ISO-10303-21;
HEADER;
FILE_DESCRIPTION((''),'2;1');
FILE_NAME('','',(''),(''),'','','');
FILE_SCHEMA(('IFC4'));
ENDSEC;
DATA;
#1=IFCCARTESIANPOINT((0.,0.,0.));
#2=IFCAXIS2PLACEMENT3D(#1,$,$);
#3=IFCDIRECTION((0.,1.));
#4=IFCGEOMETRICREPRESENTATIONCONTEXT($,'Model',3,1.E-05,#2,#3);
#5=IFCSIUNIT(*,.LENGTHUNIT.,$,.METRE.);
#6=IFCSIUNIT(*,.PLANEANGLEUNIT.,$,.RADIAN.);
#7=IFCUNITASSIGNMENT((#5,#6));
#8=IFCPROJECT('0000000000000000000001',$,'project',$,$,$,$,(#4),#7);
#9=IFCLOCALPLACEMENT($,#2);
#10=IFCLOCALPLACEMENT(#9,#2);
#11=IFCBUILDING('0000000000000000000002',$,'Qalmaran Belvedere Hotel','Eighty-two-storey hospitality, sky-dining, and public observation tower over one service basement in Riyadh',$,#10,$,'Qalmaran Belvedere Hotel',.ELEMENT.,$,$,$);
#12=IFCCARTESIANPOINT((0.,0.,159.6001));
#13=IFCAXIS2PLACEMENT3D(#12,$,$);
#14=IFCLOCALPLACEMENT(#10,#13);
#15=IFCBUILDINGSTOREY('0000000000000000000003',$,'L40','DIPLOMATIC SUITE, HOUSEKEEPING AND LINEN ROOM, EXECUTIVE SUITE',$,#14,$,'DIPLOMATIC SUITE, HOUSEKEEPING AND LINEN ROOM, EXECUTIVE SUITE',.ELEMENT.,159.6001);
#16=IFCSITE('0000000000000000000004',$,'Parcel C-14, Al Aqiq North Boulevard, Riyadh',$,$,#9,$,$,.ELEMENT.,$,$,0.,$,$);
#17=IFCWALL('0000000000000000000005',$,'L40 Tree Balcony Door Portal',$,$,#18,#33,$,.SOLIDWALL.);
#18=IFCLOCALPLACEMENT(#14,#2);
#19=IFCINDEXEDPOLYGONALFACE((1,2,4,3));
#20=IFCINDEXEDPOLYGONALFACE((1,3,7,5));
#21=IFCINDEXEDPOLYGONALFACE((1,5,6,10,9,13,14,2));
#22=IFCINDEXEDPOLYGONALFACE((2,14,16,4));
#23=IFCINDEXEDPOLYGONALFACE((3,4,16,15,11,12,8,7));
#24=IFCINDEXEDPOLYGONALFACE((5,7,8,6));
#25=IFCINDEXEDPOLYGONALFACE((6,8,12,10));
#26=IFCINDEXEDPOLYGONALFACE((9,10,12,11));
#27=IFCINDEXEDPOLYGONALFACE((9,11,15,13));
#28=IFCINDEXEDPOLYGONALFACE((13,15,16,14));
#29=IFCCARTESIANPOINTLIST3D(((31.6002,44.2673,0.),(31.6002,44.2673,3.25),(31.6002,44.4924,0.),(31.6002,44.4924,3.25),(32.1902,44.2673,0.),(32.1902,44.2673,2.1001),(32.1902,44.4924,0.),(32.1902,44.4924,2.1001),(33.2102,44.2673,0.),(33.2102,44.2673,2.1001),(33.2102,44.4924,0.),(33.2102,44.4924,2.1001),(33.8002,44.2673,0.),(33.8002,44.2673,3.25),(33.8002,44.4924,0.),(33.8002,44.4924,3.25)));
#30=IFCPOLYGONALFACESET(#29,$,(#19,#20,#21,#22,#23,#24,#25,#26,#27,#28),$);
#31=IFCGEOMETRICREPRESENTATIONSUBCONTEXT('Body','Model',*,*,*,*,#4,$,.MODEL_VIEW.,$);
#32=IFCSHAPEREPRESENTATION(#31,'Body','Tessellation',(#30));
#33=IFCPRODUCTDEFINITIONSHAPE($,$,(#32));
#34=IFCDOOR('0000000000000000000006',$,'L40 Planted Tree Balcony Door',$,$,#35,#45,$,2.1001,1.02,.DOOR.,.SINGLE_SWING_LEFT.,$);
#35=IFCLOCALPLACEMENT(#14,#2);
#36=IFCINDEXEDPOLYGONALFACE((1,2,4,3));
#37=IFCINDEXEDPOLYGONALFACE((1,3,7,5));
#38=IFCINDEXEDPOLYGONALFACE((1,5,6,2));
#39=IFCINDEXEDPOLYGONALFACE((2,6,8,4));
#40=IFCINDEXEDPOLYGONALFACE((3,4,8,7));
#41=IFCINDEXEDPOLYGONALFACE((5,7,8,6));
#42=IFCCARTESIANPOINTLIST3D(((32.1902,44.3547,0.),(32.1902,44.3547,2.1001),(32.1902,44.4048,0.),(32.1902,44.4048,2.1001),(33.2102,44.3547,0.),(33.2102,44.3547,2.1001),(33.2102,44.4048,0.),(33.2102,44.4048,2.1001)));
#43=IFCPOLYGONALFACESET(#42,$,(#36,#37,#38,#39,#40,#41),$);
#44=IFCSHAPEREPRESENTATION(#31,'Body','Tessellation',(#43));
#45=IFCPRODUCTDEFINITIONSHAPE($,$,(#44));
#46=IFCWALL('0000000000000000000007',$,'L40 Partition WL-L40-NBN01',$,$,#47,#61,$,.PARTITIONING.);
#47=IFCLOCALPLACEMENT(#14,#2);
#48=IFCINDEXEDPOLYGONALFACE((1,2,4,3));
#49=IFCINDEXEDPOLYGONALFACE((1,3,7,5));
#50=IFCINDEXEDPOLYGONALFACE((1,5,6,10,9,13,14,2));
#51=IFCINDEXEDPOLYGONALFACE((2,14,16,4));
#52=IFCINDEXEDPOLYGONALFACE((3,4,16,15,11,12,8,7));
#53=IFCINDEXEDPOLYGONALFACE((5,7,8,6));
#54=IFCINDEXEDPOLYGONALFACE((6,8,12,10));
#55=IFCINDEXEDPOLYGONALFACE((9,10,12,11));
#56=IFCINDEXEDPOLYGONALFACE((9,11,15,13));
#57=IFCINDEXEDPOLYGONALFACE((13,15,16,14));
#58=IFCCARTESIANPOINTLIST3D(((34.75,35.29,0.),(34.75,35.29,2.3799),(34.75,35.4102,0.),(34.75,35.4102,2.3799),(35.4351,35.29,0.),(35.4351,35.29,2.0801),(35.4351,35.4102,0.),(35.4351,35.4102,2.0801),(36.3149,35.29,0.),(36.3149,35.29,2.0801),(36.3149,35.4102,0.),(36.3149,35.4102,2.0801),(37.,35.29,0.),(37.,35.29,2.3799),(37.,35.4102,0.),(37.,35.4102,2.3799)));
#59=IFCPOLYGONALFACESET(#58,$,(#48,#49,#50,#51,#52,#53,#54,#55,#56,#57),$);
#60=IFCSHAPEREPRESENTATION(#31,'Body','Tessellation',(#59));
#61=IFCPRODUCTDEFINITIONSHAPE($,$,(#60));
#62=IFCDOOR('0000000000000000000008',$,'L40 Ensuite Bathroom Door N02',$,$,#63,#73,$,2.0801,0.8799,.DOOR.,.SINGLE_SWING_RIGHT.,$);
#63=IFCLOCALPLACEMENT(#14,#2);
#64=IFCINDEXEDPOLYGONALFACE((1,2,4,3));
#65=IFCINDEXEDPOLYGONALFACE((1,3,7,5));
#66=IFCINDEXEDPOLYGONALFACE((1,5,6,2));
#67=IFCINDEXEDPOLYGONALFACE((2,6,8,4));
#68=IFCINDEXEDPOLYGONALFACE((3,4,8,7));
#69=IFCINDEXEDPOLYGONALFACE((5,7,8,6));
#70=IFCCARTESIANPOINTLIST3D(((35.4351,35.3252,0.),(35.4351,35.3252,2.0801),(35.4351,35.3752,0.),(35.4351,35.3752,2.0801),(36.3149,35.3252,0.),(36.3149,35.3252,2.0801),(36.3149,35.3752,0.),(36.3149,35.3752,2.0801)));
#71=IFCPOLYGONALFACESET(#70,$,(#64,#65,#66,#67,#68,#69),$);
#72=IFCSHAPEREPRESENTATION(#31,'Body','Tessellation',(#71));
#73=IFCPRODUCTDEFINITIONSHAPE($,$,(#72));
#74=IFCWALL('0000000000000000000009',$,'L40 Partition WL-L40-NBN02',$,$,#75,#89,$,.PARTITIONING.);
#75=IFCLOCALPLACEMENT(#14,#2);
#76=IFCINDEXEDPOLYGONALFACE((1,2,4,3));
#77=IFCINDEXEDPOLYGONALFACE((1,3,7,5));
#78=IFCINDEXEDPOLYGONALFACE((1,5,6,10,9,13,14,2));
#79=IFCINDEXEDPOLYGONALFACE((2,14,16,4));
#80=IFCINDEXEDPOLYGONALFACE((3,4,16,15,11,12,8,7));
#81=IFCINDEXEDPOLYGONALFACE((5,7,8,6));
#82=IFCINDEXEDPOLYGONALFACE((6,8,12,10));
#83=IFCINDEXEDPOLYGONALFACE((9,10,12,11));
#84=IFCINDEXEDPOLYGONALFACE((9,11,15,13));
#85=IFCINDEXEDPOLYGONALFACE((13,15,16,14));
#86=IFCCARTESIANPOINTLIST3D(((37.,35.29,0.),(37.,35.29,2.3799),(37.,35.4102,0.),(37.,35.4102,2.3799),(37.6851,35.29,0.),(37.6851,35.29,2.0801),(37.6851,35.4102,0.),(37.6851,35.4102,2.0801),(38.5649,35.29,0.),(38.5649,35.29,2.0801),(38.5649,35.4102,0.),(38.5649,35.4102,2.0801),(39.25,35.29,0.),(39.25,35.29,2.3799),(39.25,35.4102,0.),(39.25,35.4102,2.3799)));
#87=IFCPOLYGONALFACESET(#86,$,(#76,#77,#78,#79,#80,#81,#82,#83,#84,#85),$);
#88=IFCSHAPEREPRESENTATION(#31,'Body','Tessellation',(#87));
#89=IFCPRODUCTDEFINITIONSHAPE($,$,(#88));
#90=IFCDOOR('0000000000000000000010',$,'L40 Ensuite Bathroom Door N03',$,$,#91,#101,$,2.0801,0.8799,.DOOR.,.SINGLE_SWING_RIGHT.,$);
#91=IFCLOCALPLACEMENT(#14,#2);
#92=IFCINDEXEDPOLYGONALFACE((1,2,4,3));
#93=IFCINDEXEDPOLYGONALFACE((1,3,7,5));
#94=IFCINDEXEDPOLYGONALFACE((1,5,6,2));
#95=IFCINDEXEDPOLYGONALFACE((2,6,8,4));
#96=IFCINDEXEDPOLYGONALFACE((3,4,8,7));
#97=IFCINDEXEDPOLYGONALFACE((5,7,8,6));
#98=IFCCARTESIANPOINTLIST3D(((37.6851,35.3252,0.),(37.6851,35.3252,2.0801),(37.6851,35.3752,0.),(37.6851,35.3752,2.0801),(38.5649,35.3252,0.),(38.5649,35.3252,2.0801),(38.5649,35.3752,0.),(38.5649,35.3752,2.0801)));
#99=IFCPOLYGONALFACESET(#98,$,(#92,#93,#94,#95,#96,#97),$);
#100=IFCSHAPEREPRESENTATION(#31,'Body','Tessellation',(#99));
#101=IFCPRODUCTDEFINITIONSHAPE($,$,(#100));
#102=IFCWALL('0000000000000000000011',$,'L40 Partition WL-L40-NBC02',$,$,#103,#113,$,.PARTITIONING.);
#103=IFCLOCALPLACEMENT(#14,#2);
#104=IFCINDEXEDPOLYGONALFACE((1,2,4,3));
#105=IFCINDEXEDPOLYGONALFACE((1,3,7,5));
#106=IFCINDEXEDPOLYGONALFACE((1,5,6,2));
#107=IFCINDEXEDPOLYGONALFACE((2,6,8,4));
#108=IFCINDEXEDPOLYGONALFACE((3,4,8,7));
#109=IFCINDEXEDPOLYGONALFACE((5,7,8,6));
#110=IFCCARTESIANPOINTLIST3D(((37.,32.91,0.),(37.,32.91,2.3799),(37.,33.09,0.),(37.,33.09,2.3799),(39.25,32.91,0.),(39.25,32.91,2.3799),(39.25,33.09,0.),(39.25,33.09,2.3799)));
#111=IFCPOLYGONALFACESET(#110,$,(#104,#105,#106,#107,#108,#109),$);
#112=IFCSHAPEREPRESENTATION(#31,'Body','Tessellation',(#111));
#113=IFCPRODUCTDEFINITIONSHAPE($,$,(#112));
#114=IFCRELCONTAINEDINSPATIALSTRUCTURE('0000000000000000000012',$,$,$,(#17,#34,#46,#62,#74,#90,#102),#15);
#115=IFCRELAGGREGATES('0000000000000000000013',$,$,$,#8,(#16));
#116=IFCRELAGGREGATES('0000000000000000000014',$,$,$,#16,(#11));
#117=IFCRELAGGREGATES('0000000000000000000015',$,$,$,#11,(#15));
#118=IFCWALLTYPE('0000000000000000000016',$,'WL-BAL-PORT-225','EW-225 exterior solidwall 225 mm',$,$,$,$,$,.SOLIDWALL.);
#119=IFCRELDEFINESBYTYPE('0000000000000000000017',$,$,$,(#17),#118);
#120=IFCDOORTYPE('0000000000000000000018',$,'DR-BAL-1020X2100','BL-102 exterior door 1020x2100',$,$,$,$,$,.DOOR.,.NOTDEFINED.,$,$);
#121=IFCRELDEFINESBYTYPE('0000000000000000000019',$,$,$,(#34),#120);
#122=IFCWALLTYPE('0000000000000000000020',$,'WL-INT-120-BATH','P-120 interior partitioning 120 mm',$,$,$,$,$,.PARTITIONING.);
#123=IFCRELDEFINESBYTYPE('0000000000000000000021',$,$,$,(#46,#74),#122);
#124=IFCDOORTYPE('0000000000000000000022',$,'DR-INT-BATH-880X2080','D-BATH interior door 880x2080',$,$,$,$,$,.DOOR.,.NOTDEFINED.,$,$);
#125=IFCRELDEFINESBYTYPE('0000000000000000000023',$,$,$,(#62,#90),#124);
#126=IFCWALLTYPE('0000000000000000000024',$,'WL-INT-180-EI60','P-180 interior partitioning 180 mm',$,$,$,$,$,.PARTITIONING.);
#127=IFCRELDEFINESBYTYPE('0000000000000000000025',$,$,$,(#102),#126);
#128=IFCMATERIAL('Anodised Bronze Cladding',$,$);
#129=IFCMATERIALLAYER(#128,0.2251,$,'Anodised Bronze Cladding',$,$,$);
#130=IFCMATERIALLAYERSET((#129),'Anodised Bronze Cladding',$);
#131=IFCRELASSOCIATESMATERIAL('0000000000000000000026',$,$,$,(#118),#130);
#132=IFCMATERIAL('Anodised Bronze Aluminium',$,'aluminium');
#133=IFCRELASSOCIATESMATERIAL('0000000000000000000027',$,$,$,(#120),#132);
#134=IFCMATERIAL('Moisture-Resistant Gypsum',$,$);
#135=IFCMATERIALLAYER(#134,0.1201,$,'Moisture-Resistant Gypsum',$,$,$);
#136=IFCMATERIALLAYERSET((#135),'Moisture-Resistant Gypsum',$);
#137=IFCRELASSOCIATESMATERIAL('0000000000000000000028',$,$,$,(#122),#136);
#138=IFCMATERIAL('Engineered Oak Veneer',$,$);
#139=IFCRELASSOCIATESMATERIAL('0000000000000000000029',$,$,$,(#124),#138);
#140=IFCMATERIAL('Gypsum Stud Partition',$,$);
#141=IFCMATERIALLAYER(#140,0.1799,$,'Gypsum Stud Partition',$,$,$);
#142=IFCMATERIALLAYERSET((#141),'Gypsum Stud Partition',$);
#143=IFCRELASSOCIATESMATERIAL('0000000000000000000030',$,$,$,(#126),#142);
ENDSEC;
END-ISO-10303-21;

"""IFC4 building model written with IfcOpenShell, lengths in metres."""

from ifc_helpers import new_model, si_unit, direction, frame, frame_2d, origin, place, context, subcontext, project, spatial, rectangle, extrude, material, layer, layer_set, type_object, element, fill, save


model = new_model("IFC4")

# Units and contexts
model_context = context("Model", 3, precision=1e-05, world=origin(), true_north=direction((0.0, 1.0)))
body_context = subcontext(model_context, "Body", "Model", "MODEL_VIEW")
ifc_project = project(units=[si_unit("LENGTHUNIT", "METRE"), si_unit("PLANEANGLEUNIT", "RADIAN")], contexts=[model_context])

# Site, building, storey
site_placement = place(None, origin())
site = spatial("IfcSite", under=ifc_project, at=site_placement, Name="Parcel C-14, Al Aqiq North Boulevard, Riyadh", CompositionType="ELEMENT", RefElevation=0.0)
building_placement = place(site_placement, origin())
building = spatial("IfcBuilding", under=site, at=building_placement, Name="Qalmaran Belvedere Hotel", Description="Eighty-two-storey hospitality, sky-dining, and public observation tower over one service basement in Riyadh", LongName="Qalmaran Belvedere Hotel", CompositionType="ELEMENT")
storey_placement = place(building_placement, frame((0.0, 0.0, 159.6001)))
storey = spatial("IfcBuildingStorey", under=building, at=storey_placement, Name="L40", Description="DIPLOMATIC SUITE, HOUSEKEEPING AND LINEN ROOM, EXECUTIVE SUITE", LongName="DIPLOMATIC SUITE, HOUSEKEEPING AND LINEN ROOM, EXECUTIVE SUITE", CompositionType="ELEMENT", Elevation=159.6001)

# Shared definitions
ifc_material_1 = material(Name="Anodised Bronze Aluminium", Category="aluminium")

# Walls, openings, doors
ifc_material_2 = material(Name="Anodised Bronze Cladding")
ifc_layer_1 = layer(ifc_material_2, 0.2251, Name="Anodised Bronze Cladding")
ifc_layer_set_1 = layer_set([ifc_layer_1], Name="Anodised Bronze Cladding")
wall_type_1 = type_object("IfcWallType", Name="WL-BAL-PORT-225", Description="EW-225 exterior solidwall 225 mm", PredefinedType="SOLIDWALL", material=ifc_layer_set_1)
wall_1_placement = place(storey_placement, frame((31.6001, 44.3799, 0.0), z_axis=(0.0, 0.0, 1.0), x_axis=(1.0, 0.0, 0.0)))
wall_1 = element("IfcWall", 1, at=wall_1_placement, inside=storey, type_object=wall_type_1, Name="L40 Tree Balcony Door Portal", PredefinedType="SOLIDWALL", context=body_context, shape_type="SweptSolid", body=[
    extrude(rectangle(XDim=2.2, YDim=0.2251, at=frame_2d((1.1001, 0.0))), origin(), (0.0, 0.0, 1.0), 3.25),
])
opening_1_placement = place(wall_1_placement, frame((0.5901, 0.0, 0.0)))
opening_1 = element("IfcOpeningElement", 2, at=opening_1_placement, cuts=wall_1, PredefinedType="OPENING", context=body_context, shape_type="SweptSolid", body=[
    extrude(rectangle(XDim=1.02, YDim=2.1001, at=frame_2d((0.51, 1.05))), frame((0.0, 0.1226, 0.0), z_axis=(0.0, -1.0, 0.0), x_axis=(1.0, 0.0, 0.0)), (0.0, 0.0, 1.0), 0.2451),
])
door_type_1 = type_object("IfcDoorType", Name="DR-BAL-1020X2100", Description="BL-102 exterior door 1020x2100", OperationType="NOTDEFINED", PredefinedType="DOOR", material=ifc_material_1)
door_1_placement = place(opening_1_placement, origin())
door_1 = element("IfcDoor", 3, at=door_1_placement, inside=storey, type_object=door_type_1, Name="L40 Planted Tree Balcony Door", OperationType="SINGLE_SWING_LEFT", OverallHeight=2.1001, OverallWidth=1.02, PredefinedType="DOOR", context=body_context, shape_type="SweptSolid", body=[
    extrude(rectangle(XDim=1.02, YDim=2.1001, at=frame_2d((0.51, 1.05))), frame((0.0, 0.0249, 0.0), z_axis=(0.0, -1.0, 0.0), x_axis=(1.0, 0.0, 0.0)), (0.0, 0.0, 1.0), 0.05),
])
fill(opening_1, door_1)
ifc_material_3 = material(Name="Moisture-Resistant Gypsum")
ifc_layer_2 = layer(ifc_material_3, 0.1201, Name="Moisture-Resistant Gypsum")
ifc_layer_set_2 = layer_set([ifc_layer_2], Name="Moisture-Resistant Gypsum")
wall_type_2 = type_object("IfcWallType", Name="WL-INT-120-BATH", Description="P-120 interior partitioning 120 mm", PredefinedType="PARTITIONING", material=ifc_layer_set_2)
wall_2_placement = place(storey_placement, frame((34.75, 35.3501, 0.0), z_axis=(0.0, 0.0, 1.0), x_axis=(1.0, 0.0, 0.0)))
wall_2 = element("IfcWall", 4, at=wall_2_placement, inside=storey, type_object=wall_type_2, Name="L40 Partition WL-L40-NBN01", PredefinedType="PARTITIONING", context=body_context, shape_type="SweptSolid", body=[
    extrude(rectangle(XDim=2.25, YDim=0.1201, at=frame_2d((1.125, 0.0))), origin(), (0.0, 0.0, 1.0), 2.3799),
])
opening_2_placement = place(wall_2_placement, frame((1.5649, 0.0, 0.0), z_axis=(0.0, 0.0, 1.0), x_axis=(-1.0, 0.0, 0.0)))
opening_2 = element("IfcOpeningElement", 5, at=opening_2_placement, cuts=wall_2, PredefinedType="OPENING", context=body_context, shape_type="SweptSolid", body=[
    extrude(rectangle(XDim=0.8799, YDim=2.0801, at=frame_2d((0.4399, 1.04))), frame((0.0, 0.0701, 0.0), z_axis=(0.0, -1.0, 0.0), x_axis=(1.0, 0.0, 0.0)), (0.0, 0.0, 1.0), 0.1401),
])
ifc_material_4 = material(Name="Engineered Oak Veneer")
door_type_2 = type_object("IfcDoorType", Name="DR-INT-BATH-880X2080", Description="D-BATH interior door 880x2080", OperationType="NOTDEFINED", PredefinedType="DOOR", material=ifc_material_4)
door_2_placement = place(opening_2_placement, origin())
door_2 = element("IfcDoor", 6, at=door_2_placement, inside=storey, type_object=door_type_2, Name="L40 Ensuite Bathroom Door N02", OperationType="SINGLE_SWING_RIGHT", OverallHeight=2.0801, OverallWidth=0.8799, PredefinedType="DOOR", context=body_context, shape_type="SweptSolid", body=[
    extrude(rectangle(XDim=0.8799, YDim=2.0801, at=frame_2d((0.4399, 1.04))), frame((0.0, 0.0249, 0.0), z_axis=(0.0, -1.0, 0.0), x_axis=(1.0, 0.0, 0.0)), (0.0, 0.0, 1.0), 0.05),
])
fill(opening_2, door_2)
wall_3_placement = place(storey_placement, frame((37.0, 35.3501, 0.0), z_axis=(0.0, 0.0, 1.0), x_axis=(1.0, 0.0, 0.0)))
wall_3 = element("IfcWall", 7, at=wall_3_placement, inside=storey, type_object=wall_type_2, Name="L40 Partition WL-L40-NBN02", PredefinedType="PARTITIONING", context=body_context, shape_type="SweptSolid", body=[
    extrude(rectangle(XDim=2.25, YDim=0.1201, at=frame_2d((1.125, 0.0))), origin(), (0.0, 0.0, 1.0), 2.3799),
])
opening_3_placement = place(wall_3_placement, frame((1.5649, 0.0, 0.0), z_axis=(0.0, 0.0, 1.0), x_axis=(-1.0, 0.0, 0.0)))
opening_3 = element("IfcOpeningElement", 8, at=opening_3_placement, cuts=wall_3, PredefinedType="OPENING", context=body_context, shape_type="SweptSolid", body=[
    extrude(rectangle(XDim=0.8799, YDim=2.0801, at=frame_2d((0.4399, 1.04))), frame((0.0, 0.0701, 0.0), z_axis=(0.0, -1.0, 0.0), x_axis=(1.0, 0.0, 0.0)), (0.0, 0.0, 1.0), 0.1401),
])
door_3_placement = place(opening_3_placement, origin())
door_3 = element("IfcDoor", 9, at=door_3_placement, inside=storey, type_object=door_type_2, Name="L40 Ensuite Bathroom Door N03", OperationType="SINGLE_SWING_RIGHT", OverallHeight=2.0801, OverallWidth=0.8799, PredefinedType="DOOR", context=body_context, shape_type="SweptSolid", body=[
    extrude(rectangle(XDim=0.8799, YDim=2.0801, at=frame_2d((0.4399, 1.04))), frame((0.0, 0.0249, 0.0), z_axis=(0.0, -1.0, 0.0), x_axis=(1.0, 0.0, 0.0)), (0.0, 0.0, 1.0), 0.05),
])
fill(opening_3, door_3)

# Wall
ifc_material_5 = material(Name="Gypsum Stud Partition")
ifc_layer_3 = layer(ifc_material_5, 0.1799, Name="Gypsum Stud Partition")
ifc_layer_set_3 = layer_set([ifc_layer_3], Name="Gypsum Stud Partition")
wall_type_3 = type_object("IfcWallType", Name="WL-INT-180-EI60", Description="P-180 interior partitioning 180 mm", PredefinedType="PARTITIONING", material=ifc_layer_set_3)
wall_4_placement = place(storey_placement, frame((37.0, 33.0, 0.0), z_axis=(0.0, 0.0, 1.0), x_axis=(1.0, 0.0, 0.0)))
element("IfcWall", 10, at=wall_4_placement, inside=storey, type_object=wall_type_3, Name="L40 Partition WL-L40-NBC02", PredefinedType="PARTITIONING", context=body_context, shape_type="SweptSolid", body=[
    extrude(rectangle(XDim=2.25, YDim=0.1799, at=frame_2d((1.125, 0.0))), origin(), (0.0, 0.0, 1.0), 2.3799),
])

save(model, "model.ifc")
